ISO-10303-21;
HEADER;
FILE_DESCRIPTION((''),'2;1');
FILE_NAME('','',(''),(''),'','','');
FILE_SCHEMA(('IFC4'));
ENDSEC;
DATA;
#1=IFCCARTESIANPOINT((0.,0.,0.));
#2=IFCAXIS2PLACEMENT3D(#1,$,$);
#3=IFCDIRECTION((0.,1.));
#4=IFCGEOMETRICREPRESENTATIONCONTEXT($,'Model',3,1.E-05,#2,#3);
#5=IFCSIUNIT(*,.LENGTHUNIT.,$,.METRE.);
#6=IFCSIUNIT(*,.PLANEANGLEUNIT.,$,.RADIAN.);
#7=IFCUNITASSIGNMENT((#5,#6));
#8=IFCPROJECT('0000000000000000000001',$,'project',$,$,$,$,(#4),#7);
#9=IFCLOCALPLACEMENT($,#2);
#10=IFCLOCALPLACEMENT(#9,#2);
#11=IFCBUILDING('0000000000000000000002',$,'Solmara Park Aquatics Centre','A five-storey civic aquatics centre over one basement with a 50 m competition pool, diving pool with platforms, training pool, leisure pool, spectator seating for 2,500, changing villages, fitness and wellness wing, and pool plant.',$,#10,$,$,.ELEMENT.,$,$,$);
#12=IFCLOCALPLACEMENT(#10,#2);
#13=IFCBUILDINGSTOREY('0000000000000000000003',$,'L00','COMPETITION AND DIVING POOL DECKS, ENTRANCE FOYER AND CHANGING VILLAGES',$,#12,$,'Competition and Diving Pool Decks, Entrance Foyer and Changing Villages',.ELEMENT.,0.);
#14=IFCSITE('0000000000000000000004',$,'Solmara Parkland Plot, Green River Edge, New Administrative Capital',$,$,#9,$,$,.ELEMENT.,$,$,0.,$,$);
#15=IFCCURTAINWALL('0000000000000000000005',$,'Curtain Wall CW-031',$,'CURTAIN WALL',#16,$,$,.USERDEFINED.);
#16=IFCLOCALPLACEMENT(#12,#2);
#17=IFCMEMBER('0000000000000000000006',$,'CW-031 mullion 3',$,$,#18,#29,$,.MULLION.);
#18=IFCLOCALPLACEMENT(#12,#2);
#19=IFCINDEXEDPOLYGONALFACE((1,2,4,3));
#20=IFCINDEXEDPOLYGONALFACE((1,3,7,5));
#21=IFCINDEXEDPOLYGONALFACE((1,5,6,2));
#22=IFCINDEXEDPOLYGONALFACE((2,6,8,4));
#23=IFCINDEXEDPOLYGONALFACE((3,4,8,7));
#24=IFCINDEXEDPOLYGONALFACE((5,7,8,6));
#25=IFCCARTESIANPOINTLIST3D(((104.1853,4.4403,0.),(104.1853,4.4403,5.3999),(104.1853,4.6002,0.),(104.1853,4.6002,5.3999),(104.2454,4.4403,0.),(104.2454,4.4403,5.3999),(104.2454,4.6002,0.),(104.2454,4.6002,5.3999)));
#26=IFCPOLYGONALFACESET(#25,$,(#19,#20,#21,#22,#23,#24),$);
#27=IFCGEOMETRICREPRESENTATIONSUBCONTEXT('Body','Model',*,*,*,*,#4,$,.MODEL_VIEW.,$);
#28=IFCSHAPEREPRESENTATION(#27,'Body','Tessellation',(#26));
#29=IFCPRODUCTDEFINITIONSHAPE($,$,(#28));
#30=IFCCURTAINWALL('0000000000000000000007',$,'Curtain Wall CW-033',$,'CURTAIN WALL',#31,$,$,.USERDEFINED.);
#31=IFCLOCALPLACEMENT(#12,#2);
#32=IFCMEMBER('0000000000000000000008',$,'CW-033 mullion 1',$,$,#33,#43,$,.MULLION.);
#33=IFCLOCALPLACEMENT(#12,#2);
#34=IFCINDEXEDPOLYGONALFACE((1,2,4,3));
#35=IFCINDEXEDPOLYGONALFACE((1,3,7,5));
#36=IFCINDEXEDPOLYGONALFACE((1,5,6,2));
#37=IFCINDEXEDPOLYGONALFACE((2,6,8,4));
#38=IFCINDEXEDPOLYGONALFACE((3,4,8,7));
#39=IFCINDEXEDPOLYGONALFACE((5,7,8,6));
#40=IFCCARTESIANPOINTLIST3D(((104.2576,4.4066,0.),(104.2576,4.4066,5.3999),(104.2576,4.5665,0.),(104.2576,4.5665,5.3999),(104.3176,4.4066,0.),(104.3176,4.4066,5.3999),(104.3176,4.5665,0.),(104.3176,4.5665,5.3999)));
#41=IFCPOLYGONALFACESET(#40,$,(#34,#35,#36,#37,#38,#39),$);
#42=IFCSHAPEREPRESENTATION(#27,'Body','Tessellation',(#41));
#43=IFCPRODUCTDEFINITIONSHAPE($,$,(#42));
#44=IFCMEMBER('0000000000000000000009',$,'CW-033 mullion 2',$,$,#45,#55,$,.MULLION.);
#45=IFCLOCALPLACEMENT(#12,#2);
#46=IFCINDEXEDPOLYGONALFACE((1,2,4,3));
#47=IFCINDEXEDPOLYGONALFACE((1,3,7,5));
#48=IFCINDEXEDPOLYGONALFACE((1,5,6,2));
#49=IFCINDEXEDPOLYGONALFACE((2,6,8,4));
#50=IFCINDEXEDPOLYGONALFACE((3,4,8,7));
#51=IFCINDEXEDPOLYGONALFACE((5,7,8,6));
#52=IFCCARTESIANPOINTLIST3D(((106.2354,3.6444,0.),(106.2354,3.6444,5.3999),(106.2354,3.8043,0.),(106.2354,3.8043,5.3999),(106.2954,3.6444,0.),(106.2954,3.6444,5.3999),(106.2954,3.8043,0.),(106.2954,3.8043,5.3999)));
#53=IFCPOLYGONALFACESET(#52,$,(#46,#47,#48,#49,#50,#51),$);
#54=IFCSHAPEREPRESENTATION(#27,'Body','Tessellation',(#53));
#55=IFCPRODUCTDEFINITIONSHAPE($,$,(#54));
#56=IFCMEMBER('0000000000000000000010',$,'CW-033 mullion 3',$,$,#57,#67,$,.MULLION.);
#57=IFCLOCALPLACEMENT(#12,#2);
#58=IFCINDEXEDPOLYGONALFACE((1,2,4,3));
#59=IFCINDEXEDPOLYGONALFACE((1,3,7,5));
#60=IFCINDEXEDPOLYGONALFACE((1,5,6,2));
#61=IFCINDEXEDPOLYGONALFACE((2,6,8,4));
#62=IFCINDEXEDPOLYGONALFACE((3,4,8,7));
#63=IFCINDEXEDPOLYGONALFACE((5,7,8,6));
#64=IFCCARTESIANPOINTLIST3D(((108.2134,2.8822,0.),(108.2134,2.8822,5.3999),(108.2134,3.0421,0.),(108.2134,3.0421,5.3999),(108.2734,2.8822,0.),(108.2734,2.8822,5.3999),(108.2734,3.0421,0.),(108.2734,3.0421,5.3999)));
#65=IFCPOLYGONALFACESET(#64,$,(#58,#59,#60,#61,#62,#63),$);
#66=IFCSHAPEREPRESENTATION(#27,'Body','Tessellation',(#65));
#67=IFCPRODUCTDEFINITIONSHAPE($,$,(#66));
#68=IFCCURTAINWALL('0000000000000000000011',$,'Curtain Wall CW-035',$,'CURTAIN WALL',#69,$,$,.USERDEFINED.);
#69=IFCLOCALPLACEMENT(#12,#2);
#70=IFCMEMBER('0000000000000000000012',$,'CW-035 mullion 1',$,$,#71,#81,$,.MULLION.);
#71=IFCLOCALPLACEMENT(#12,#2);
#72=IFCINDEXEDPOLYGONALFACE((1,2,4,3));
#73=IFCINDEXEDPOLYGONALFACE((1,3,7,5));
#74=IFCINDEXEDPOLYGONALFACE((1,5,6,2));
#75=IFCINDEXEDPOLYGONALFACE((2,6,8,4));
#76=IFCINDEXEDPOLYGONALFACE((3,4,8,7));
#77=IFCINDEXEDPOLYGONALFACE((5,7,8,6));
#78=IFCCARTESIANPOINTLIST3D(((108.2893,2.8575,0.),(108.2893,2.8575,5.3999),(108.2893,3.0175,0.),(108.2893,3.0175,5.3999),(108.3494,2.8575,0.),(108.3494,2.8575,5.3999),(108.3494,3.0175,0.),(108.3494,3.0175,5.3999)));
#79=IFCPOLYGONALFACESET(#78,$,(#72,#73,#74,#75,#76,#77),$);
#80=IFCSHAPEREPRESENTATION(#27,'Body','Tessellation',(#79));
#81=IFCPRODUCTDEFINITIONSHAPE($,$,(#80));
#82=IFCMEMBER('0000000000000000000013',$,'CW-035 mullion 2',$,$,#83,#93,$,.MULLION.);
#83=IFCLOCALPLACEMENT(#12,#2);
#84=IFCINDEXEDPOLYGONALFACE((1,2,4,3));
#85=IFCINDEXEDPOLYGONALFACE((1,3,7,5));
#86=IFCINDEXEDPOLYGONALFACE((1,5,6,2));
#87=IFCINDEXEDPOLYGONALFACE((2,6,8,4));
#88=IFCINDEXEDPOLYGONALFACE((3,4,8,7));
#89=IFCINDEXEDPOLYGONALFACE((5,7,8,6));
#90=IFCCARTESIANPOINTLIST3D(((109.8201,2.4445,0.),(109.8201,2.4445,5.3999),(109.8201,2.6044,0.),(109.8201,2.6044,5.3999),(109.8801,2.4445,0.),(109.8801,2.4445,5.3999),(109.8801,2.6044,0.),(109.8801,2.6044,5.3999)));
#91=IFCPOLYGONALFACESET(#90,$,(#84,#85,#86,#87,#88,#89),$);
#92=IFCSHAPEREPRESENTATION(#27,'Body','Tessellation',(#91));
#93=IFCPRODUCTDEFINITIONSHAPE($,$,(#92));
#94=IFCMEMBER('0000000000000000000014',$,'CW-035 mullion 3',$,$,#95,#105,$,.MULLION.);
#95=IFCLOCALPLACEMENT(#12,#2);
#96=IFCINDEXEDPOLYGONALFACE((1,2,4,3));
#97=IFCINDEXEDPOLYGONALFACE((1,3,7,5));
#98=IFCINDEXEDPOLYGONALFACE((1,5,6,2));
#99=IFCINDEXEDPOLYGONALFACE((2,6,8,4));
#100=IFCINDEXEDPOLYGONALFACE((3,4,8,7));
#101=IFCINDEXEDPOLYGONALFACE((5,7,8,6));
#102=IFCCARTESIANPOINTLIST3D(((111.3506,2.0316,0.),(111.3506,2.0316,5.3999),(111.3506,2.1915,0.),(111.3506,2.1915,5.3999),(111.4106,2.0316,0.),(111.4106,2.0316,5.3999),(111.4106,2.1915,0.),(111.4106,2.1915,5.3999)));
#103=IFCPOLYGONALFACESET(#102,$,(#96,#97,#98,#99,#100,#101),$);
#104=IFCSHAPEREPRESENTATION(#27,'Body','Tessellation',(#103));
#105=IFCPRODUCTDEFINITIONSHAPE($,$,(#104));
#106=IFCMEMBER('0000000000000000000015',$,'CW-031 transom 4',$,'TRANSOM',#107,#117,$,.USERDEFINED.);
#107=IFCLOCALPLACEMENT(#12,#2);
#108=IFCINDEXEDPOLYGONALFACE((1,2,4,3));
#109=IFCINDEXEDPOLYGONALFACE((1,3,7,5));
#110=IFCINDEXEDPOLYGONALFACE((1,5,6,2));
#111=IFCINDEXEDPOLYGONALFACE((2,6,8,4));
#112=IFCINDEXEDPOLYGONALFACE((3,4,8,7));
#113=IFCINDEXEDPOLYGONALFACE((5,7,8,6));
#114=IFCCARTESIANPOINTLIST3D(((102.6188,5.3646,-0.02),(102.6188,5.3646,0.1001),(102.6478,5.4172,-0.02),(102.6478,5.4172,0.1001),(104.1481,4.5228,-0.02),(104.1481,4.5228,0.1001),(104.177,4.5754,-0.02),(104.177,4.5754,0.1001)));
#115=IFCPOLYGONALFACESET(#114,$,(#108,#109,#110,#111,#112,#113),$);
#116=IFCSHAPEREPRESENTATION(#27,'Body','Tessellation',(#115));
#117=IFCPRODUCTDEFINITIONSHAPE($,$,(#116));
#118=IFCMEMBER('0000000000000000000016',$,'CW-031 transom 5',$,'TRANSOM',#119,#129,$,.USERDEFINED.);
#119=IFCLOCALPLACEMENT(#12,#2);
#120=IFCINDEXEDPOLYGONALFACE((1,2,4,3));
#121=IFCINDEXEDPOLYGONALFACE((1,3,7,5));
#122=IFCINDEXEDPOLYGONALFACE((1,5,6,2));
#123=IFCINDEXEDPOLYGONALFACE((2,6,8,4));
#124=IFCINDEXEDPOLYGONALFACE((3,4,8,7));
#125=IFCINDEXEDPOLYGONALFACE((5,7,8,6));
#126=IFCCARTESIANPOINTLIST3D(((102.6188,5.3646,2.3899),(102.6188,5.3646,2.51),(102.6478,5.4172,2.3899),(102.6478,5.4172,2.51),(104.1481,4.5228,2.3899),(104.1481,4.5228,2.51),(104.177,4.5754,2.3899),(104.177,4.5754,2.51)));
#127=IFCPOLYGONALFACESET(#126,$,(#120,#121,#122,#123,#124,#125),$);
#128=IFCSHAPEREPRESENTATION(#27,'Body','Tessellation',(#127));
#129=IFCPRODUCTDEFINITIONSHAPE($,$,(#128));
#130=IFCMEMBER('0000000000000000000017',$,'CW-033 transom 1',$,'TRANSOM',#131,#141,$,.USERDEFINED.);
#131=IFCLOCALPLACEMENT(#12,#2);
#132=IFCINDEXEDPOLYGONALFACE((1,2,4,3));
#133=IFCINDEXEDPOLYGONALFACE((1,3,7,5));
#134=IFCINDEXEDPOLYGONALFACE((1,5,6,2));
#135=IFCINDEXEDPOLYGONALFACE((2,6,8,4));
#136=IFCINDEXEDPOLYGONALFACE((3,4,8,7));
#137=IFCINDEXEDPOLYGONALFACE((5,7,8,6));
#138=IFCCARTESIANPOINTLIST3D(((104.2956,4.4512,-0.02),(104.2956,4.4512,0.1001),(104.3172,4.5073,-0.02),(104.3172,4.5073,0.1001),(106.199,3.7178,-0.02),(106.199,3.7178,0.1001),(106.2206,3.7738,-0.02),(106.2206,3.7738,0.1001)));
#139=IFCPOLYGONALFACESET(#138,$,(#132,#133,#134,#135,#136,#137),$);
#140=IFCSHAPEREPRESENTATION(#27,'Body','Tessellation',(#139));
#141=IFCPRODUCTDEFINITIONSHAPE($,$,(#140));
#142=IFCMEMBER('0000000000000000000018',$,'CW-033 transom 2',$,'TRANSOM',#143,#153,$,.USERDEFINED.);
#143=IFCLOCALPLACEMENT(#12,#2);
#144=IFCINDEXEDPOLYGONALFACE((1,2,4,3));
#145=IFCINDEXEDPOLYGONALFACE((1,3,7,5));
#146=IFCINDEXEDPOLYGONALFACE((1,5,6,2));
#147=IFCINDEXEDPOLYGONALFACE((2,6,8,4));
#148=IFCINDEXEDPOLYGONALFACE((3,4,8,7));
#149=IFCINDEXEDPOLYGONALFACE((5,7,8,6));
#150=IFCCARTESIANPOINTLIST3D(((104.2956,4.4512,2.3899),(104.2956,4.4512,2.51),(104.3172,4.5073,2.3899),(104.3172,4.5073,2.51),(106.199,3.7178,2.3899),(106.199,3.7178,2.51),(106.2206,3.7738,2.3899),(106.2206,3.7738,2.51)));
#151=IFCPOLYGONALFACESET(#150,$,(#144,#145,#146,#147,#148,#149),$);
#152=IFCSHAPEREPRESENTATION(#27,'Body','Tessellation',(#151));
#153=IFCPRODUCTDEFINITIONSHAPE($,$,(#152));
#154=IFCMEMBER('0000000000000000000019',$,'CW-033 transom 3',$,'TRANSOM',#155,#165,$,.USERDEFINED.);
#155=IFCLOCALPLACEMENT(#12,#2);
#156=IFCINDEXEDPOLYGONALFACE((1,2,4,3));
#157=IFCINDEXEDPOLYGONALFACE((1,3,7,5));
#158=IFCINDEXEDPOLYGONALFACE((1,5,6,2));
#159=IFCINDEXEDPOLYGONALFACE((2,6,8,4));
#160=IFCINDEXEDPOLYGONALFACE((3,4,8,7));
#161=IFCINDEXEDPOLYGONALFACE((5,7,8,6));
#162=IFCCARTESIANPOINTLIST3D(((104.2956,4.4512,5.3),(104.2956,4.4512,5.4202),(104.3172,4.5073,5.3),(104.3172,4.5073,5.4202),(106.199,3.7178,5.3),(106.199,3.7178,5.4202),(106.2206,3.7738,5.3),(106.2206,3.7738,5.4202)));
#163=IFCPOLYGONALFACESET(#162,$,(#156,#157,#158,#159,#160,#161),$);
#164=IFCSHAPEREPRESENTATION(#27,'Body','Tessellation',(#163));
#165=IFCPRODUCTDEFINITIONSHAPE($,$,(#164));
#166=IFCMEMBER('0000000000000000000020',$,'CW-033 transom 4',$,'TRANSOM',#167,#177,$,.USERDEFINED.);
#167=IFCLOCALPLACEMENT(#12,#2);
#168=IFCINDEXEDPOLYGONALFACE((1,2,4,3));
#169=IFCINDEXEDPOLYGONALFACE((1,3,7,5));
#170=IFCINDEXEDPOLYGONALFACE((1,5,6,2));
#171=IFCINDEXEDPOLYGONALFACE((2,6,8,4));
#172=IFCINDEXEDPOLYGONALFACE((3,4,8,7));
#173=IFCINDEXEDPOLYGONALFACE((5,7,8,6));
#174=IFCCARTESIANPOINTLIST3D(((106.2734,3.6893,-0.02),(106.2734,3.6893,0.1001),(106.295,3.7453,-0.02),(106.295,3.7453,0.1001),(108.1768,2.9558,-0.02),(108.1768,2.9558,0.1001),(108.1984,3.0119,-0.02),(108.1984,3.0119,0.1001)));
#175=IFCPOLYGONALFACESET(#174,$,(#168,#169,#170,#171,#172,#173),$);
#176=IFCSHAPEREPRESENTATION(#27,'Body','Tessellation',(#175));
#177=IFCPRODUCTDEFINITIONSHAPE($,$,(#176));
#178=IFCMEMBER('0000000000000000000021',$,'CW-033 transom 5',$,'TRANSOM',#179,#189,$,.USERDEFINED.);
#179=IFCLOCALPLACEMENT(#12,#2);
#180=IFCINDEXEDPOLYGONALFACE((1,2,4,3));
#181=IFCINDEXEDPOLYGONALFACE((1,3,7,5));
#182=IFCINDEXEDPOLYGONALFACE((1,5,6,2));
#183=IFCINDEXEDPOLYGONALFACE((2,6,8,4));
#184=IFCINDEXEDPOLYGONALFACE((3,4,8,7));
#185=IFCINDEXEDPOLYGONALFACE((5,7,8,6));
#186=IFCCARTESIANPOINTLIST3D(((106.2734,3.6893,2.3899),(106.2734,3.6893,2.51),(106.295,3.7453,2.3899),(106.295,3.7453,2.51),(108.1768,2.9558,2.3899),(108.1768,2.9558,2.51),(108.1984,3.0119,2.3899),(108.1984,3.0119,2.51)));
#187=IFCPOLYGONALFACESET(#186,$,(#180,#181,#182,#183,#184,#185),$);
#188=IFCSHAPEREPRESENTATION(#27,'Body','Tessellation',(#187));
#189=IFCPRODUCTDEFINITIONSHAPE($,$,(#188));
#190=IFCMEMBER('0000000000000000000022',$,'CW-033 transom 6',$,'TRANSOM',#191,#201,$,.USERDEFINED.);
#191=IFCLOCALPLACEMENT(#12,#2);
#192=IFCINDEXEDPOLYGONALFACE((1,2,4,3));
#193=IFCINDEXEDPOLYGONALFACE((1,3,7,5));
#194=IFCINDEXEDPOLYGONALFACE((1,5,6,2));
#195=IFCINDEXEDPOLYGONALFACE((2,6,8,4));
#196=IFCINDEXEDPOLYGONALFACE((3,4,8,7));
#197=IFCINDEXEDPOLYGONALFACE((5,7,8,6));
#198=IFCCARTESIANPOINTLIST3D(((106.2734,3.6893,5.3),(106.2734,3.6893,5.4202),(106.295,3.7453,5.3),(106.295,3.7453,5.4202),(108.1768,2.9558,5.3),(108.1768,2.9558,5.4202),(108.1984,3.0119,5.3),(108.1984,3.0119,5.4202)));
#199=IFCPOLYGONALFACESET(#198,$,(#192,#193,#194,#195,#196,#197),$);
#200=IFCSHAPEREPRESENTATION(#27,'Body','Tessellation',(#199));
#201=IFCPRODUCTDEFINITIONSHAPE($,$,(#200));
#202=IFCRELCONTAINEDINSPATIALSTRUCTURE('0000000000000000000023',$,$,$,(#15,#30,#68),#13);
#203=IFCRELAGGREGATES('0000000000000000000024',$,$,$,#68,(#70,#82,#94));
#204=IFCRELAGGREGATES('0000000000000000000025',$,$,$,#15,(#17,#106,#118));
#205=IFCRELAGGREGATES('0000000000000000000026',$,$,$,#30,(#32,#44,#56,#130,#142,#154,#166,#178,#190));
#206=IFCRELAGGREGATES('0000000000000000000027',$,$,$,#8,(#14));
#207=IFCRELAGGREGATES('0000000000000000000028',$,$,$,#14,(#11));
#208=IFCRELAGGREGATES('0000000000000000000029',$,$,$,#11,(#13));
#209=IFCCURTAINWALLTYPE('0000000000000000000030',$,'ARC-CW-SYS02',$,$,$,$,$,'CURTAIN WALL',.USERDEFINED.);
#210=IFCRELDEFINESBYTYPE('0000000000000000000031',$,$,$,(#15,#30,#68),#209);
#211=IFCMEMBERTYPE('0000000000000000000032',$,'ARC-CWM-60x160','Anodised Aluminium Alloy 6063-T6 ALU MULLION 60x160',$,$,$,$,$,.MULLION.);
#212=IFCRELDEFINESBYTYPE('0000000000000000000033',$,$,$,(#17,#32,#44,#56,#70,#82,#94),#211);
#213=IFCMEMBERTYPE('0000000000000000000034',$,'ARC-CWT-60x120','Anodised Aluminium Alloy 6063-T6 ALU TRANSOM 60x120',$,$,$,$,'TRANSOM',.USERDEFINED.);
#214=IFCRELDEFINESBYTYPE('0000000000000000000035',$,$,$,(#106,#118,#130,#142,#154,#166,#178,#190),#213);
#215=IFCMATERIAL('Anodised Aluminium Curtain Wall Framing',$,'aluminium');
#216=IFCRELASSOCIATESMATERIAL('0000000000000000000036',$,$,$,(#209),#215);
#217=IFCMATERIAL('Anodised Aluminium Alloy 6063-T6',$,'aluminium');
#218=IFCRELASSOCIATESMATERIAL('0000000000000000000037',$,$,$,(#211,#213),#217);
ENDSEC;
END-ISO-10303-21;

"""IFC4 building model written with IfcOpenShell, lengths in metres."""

from ifc_helpers import new_model, si_unit, direction, frame, origin, origin_2d, place, context, subcontext, project, spatial, rectangle, extrude, material, material_profile, profile_set, type_object, element, aggregate, save


model = new_model("IFC4")

# Units and contexts
model_context = context("Model", 3, precision=1e-05, world=origin(), true_north=direction((0.0, 1.0)))
body_context = subcontext(model_context, "Body", "Model", "MODEL_VIEW")
ifc_project = project(units=[si_unit("LENGTHUNIT", "METRE"), si_unit("PLANEANGLEUNIT", "RADIAN")], contexts=[model_context])

# Site, building, storey
site_placement = place(None, origin())
site = spatial("IfcSite", under=ifc_project, at=site_placement, Name="Solmara Parkland Plot, Green River Edge, New Administrative Capital", CompositionType="ELEMENT", RefElevation=0.0)
building_placement = place(site_placement, origin())
building = spatial("IfcBuilding", under=site, at=building_placement, Name="Solmara Park Aquatics Centre", Description="A five-storey civic aquatics centre over one basement with a 50 m competition pool, diving pool with platforms, training pool, leisure pool, spectator seating for 2,500, changing villages, fitness and wellness wing, and pool plant.", CompositionType="ELEMENT")
storey_placement = place(building_placement, origin())
storey = spatial("IfcBuildingStorey", under=building, at=storey_placement, Name="L00", Description="COMPETITION AND DIVING POOL DECKS, ENTRANCE FOYER AND CHANGING VILLAGES", LongName="Competition and Diving Pool Decks, Entrance Foyer and Changing Villages", CompositionType="ELEMENT", Elevation=0.0)

# Curtain wall, member
ifc_material_1 = material(Name="Anodised Aluminium Curtain Wall Framing", Category="aluminium")
curtain_wall_type = type_object("IfcCurtainWallType", Name="ARC-CW-SYS02", ElementType="CURTAIN WALL", PredefinedType="USERDEFINED", material=ifc_material_1)
curtain_wall_1_placement = place(storey_placement, origin())
curtain_wall_1 = element("IfcCurtainWall", 1, at=curtain_wall_1_placement, inside=storey, type_object=curtain_wall_type, Name="Curtain Wall CW-031", ObjectType="CURTAIN WALL", PredefinedType="USERDEFINED")
ifc_material_2 = material(Name="Anodised Aluminium Alloy 6063-T6", Category="aluminium")
ifc_material_profile_1 = material_profile(ifc_material_2, rectangle(XDim=0.0601, YDim=0.1599, at=origin_2d()), Name="ALU MULLION 60x160")
ifc_profile_set_1 = profile_set([ifc_material_profile_1], Name="Anodised Aluminium Alloy 6063-T6")
member_type_1 = type_object("IfcMemberType", Name="ARC-CWM-60x160", Description="Anodised Aluminium Alloy 6063-T6 ALU MULLION 60x160", PredefinedType="MULLION", material=ifc_profile_set_1)
member_1_placement = place(storey_placement, frame((104.2153, 4.5203, 0.0), z_axis=(0.0, 0.0, 1.0), x_axis=(1.0, 0.0, 0.0)))
member_1 = element("IfcMember", 2, at=member_1_placement, type_object=member_type_1, Name="CW-031 mullion 3", PredefinedType="MULLION", context=body_context, shape_type="SweptSolid", body=[
    extrude(rectangle(XDim=0.0601, YDim=0.1599, at=origin_2d()), origin(), (0.0, 0.0, 1.0), 5.3999),
])

# Curtain walls, members
curtain_wall_2_placement = place(storey_placement, origin())
curtain_wall_2 = element("IfcCurtainWall", 3, at=curtain_wall_2_placement, inside=storey, type_object=curtain_wall_type, Name="Curtain Wall CW-033", ObjectType="CURTAIN WALL", PredefinedType="USERDEFINED")
member_2_placement = place(storey_placement, frame((104.2876, 4.4866, 0.0), z_axis=(0.0, 0.0, 1.0), x_axis=(1.0, 0.0, 0.0)))
member_2 = element("IfcMember", 4, at=member_2_placement, type_object=member_type_1, Name="CW-033 mullion 1", PredefinedType="MULLION", context=body_context, shape_type="SweptSolid", body=[
    extrude(rectangle(XDim=0.0601, YDim=0.1599, at=origin_2d()), origin(), (0.0, 0.0, 1.0), 5.3999),
])
member_3_placement = place(storey_placement, frame((106.2654, 3.7244, 0.0), z_axis=(0.0, 0.0, 1.0), x_axis=(1.0, 0.0, 0.0)))
member_3 = element("IfcMember", 5, at=member_3_placement, type_object=member_type_1, Name="CW-033 mullion 2", PredefinedType="MULLION", context=body_context, shape_type="SweptSolid", body=[
    extrude(rectangle(XDim=0.0601, YDim=0.1599, at=origin_2d()), origin(), (0.0, 0.0, 1.0), 5.3999),
])
member_4_placement = place(storey_placement, frame((108.2434, 2.9622, 0.0), z_axis=(0.0, 0.0, 1.0), x_axis=(1.0, 0.0, 0.0)))
member_4 = element("IfcMember", 6, at=member_4_placement, type_object=member_type_1, Name="CW-033 mullion 3", PredefinedType="MULLION", context=body_context, shape_type="SweptSolid", body=[
    extrude(rectangle(XDim=0.0601, YDim=0.1599, at=origin_2d()), origin(), (0.0, 0.0, 1.0), 5.3999),
])
curtain_wall_3_placement = place(storey_placement, origin())
curtain_wall_3 = element("IfcCurtainWall", 7, at=curtain_wall_3_placement, inside=storey, type_object=curtain_wall_type, Name="Curtain Wall CW-035", ObjectType="CURTAIN WALL", PredefinedType="USERDEFINED")
member_5_placement = place(storey_placement, frame((108.3193, 2.9375, 0.0), z_axis=(0.0, 0.0, 1.0), x_axis=(1.0, 0.0, 0.0)))
member_5 = element("IfcMember", 8, at=member_5_placement, type_object=member_type_1, Name="CW-035 mullion 1", PredefinedType="MULLION", context=body_context, shape_type="SweptSolid", body=[
    extrude(rectangle(XDim=0.0601, YDim=0.1599, at=origin_2d()), origin(), (0.0, 0.0, 1.0), 5.3999),
])
member_6_placement = place(storey_placement, frame((109.8501, 2.5244, 0.0), z_axis=(0.0, 0.0, 1.0), x_axis=(1.0, 0.0, 0.0)))
member_6 = element("IfcMember", 9, at=member_6_placement, type_object=member_type_1, Name="CW-035 mullion 2", PredefinedType="MULLION", context=body_context, shape_type="SweptSolid", body=[
    extrude(rectangle(XDim=0.0601, YDim=0.1599, at=origin_2d()), origin(), (0.0, 0.0, 1.0), 5.3999),
])
member_7_placement = place(storey_placement, frame((111.3806, 2.1116, 0.0), z_axis=(0.0, 0.0, 1.0), x_axis=(1.0, 0.0, 0.0)))
member_7 = element("IfcMember", 10, at=member_7_placement, type_object=member_type_1, Name="CW-035 mullion 3", PredefinedType="MULLION", context=body_context, shape_type="SweptSolid", body=[
    extrude(rectangle(XDim=0.0601, YDim=0.1599, at=origin_2d()), origin(), (0.0, 0.0, 1.0), 5.3999),
])

# Members
ifc_material_profile_2 = material_profile(ifc_material_2, rectangle(XDim=0.0601, YDim=0.1201, at=origin_2d()), Name="ALU TRANSOM 60x120")
ifc_profile_set_2 = profile_set([ifc_material_profile_2], Name="Anodised Aluminium Alloy 6063-T6")
member_type_2 = type_object("IfcMemberType", Name="ARC-CWT-60x120", Description="Anodised Aluminium Alloy 6063-T6 ALU TRANSOM 60x120", ElementType="TRANSOM", PredefinedType="USERDEFINED", material=ifc_profile_set_2)
member_8_placement = place(storey_placement, frame((102.6333, 5.3909, 0.04), z_axis=(0.876051, -0.482219, 0.0), x_axis=(0.482219, 0.876051, 0.0)))
member_8 = element("IfcMember", 11, at=member_8_placement, type_object=member_type_2, Name="CW-031 transom 4", ObjectType="TRANSOM", PredefinedType="USERDEFINED", context=body_context, shape_type="SweptSolid", body=[
    extrude(rectangle(XDim=0.0601, YDim=0.1201, at=origin_2d()), origin(), (0.0, 0.0, 1.0), 1.7456),
])
member_9_placement = place(storey_placement, frame((102.6333, 5.3909, 2.45), z_axis=(0.876051, -0.482219, 0.0), x_axis=(0.482219, 0.876051, 0.0)))
member_9 = element("IfcMember", 12, at=member_9_placement, type_object=member_type_2, Name="CW-031 transom 5", ObjectType="TRANSOM", PredefinedType="USERDEFINED", context=body_context, shape_type="SweptSolid", body=[
    extrude(rectangle(XDim=0.0601, YDim=0.1201, at=origin_2d()), origin(), (0.0, 0.0, 1.0), 1.7456),
])
member_10_placement = place(storey_placement, frame((104.3064, 4.4792, 0.04), z_axis=(0.933123, -0.359556, 0.0), x_axis=(0.359556, 0.933123, 0.0)))
member_10 = element("IfcMember", 13, at=member_10_placement, type_object=member_type_2, Name="CW-033 transom 1", ObjectType="TRANSOM", PredefinedType="USERDEFINED", context=body_context, shape_type="SweptSolid", body=[
    extrude(rectangle(XDim=0.0601, YDim=0.1201, at=origin_2d()), origin(), (0.0, 0.0, 1.0), 2.0398),
])
member_11_placement = place(storey_placement, frame((104.3064, 4.4792, 2.45), z_axis=(0.933123, -0.359556, 0.0), x_axis=(0.359556, 0.933123, 0.0)))
member_11 = element("IfcMember", 14, at=member_11_placement, type_object=member_type_2, Name="CW-033 transom 2", ObjectType="TRANSOM", PredefinedType="USERDEFINED", context=body_context, shape_type="SweptSolid", body=[
    extrude(rectangle(XDim=0.0601, YDim=0.1201, at=origin_2d()), origin(), (0.0, 0.0, 1.0), 2.0398),
])
member_12_placement = place(storey_placement, frame((104.3064, 4.4792, 5.3601), z_axis=(0.933123, -0.359556, 0.0), x_axis=(0.359556, 0.933123, 0.0)))
member_12 = element("IfcMember", 15, at=member_12_placement, type_object=member_type_2, Name="CW-033 transom 3", ObjectType="TRANSOM", PredefinedType="USERDEFINED", context=body_context, shape_type="SweptSolid", body=[
    extrude(rectangle(XDim=0.0601, YDim=0.1201, at=origin_2d()), origin(), (0.0, 0.0, 1.0), 2.0398),
])
member_13_placement = place(storey_placement, frame((106.2842, 3.7173, 0.04), z_axis=(0.933123, -0.359556, 0.0), x_axis=(0.359556, 0.933123, 0.0)))
member_13 = element("IfcMember", 16, at=member_13_placement, type_object=member_type_2, Name="CW-033 transom 4", ObjectType="TRANSOM", PredefinedType="USERDEFINED", context=body_context, shape_type="SweptSolid", body=[
    extrude(rectangle(XDim=0.0601, YDim=0.1201, at=origin_2d()), origin(), (0.0, 0.0, 1.0), 2.0398),
])
member_14_placement = place(storey_placement, frame((106.2842, 3.7173, 2.45), z_axis=(0.933123, -0.359556, 0.0), x_axis=(0.359556, 0.933123, 0.0)))
member_14 = element("IfcMember", 17, at=member_14_placement, type_object=member_type_2, Name="CW-033 transom 5", ObjectType="TRANSOM", PredefinedType="USERDEFINED", context=body_context, shape_type="SweptSolid", body=[
    extrude(rectangle(XDim=0.0601, YDim=0.1201, at=origin_2d()), origin(), (0.0, 0.0, 1.0), 2.0398),
])
member_15_placement = place(storey_placement, frame((106.2842, 3.7173, 5.3601), z_axis=(0.933123, -0.359556, 0.0), x_axis=(0.359556, 0.933123, 0.0)))
member_15 = element("IfcMember", 18, at=member_15_placement, type_object=member_type_2, Name="CW-033 transom 6", ObjectType="TRANSOM", PredefinedType="USERDEFINED", context=body_context, shape_type="SweptSolid", body=[
    extrude(rectangle(XDim=0.0601, YDim=0.1201, at=origin_2d()), origin(), (0.0, 0.0, 1.0), 2.0398),
])

aggregate(curtain_wall_3, [member_5, member_6, member_7])
aggregate(curtain_wall_1, [member_1, member_8, member_9])
aggregate(curtain_wall_2, [member_2, member_3, member_4, member_10, member_11, member_12, member_13, member_14, member_15])

save(model, "model.ifc")
